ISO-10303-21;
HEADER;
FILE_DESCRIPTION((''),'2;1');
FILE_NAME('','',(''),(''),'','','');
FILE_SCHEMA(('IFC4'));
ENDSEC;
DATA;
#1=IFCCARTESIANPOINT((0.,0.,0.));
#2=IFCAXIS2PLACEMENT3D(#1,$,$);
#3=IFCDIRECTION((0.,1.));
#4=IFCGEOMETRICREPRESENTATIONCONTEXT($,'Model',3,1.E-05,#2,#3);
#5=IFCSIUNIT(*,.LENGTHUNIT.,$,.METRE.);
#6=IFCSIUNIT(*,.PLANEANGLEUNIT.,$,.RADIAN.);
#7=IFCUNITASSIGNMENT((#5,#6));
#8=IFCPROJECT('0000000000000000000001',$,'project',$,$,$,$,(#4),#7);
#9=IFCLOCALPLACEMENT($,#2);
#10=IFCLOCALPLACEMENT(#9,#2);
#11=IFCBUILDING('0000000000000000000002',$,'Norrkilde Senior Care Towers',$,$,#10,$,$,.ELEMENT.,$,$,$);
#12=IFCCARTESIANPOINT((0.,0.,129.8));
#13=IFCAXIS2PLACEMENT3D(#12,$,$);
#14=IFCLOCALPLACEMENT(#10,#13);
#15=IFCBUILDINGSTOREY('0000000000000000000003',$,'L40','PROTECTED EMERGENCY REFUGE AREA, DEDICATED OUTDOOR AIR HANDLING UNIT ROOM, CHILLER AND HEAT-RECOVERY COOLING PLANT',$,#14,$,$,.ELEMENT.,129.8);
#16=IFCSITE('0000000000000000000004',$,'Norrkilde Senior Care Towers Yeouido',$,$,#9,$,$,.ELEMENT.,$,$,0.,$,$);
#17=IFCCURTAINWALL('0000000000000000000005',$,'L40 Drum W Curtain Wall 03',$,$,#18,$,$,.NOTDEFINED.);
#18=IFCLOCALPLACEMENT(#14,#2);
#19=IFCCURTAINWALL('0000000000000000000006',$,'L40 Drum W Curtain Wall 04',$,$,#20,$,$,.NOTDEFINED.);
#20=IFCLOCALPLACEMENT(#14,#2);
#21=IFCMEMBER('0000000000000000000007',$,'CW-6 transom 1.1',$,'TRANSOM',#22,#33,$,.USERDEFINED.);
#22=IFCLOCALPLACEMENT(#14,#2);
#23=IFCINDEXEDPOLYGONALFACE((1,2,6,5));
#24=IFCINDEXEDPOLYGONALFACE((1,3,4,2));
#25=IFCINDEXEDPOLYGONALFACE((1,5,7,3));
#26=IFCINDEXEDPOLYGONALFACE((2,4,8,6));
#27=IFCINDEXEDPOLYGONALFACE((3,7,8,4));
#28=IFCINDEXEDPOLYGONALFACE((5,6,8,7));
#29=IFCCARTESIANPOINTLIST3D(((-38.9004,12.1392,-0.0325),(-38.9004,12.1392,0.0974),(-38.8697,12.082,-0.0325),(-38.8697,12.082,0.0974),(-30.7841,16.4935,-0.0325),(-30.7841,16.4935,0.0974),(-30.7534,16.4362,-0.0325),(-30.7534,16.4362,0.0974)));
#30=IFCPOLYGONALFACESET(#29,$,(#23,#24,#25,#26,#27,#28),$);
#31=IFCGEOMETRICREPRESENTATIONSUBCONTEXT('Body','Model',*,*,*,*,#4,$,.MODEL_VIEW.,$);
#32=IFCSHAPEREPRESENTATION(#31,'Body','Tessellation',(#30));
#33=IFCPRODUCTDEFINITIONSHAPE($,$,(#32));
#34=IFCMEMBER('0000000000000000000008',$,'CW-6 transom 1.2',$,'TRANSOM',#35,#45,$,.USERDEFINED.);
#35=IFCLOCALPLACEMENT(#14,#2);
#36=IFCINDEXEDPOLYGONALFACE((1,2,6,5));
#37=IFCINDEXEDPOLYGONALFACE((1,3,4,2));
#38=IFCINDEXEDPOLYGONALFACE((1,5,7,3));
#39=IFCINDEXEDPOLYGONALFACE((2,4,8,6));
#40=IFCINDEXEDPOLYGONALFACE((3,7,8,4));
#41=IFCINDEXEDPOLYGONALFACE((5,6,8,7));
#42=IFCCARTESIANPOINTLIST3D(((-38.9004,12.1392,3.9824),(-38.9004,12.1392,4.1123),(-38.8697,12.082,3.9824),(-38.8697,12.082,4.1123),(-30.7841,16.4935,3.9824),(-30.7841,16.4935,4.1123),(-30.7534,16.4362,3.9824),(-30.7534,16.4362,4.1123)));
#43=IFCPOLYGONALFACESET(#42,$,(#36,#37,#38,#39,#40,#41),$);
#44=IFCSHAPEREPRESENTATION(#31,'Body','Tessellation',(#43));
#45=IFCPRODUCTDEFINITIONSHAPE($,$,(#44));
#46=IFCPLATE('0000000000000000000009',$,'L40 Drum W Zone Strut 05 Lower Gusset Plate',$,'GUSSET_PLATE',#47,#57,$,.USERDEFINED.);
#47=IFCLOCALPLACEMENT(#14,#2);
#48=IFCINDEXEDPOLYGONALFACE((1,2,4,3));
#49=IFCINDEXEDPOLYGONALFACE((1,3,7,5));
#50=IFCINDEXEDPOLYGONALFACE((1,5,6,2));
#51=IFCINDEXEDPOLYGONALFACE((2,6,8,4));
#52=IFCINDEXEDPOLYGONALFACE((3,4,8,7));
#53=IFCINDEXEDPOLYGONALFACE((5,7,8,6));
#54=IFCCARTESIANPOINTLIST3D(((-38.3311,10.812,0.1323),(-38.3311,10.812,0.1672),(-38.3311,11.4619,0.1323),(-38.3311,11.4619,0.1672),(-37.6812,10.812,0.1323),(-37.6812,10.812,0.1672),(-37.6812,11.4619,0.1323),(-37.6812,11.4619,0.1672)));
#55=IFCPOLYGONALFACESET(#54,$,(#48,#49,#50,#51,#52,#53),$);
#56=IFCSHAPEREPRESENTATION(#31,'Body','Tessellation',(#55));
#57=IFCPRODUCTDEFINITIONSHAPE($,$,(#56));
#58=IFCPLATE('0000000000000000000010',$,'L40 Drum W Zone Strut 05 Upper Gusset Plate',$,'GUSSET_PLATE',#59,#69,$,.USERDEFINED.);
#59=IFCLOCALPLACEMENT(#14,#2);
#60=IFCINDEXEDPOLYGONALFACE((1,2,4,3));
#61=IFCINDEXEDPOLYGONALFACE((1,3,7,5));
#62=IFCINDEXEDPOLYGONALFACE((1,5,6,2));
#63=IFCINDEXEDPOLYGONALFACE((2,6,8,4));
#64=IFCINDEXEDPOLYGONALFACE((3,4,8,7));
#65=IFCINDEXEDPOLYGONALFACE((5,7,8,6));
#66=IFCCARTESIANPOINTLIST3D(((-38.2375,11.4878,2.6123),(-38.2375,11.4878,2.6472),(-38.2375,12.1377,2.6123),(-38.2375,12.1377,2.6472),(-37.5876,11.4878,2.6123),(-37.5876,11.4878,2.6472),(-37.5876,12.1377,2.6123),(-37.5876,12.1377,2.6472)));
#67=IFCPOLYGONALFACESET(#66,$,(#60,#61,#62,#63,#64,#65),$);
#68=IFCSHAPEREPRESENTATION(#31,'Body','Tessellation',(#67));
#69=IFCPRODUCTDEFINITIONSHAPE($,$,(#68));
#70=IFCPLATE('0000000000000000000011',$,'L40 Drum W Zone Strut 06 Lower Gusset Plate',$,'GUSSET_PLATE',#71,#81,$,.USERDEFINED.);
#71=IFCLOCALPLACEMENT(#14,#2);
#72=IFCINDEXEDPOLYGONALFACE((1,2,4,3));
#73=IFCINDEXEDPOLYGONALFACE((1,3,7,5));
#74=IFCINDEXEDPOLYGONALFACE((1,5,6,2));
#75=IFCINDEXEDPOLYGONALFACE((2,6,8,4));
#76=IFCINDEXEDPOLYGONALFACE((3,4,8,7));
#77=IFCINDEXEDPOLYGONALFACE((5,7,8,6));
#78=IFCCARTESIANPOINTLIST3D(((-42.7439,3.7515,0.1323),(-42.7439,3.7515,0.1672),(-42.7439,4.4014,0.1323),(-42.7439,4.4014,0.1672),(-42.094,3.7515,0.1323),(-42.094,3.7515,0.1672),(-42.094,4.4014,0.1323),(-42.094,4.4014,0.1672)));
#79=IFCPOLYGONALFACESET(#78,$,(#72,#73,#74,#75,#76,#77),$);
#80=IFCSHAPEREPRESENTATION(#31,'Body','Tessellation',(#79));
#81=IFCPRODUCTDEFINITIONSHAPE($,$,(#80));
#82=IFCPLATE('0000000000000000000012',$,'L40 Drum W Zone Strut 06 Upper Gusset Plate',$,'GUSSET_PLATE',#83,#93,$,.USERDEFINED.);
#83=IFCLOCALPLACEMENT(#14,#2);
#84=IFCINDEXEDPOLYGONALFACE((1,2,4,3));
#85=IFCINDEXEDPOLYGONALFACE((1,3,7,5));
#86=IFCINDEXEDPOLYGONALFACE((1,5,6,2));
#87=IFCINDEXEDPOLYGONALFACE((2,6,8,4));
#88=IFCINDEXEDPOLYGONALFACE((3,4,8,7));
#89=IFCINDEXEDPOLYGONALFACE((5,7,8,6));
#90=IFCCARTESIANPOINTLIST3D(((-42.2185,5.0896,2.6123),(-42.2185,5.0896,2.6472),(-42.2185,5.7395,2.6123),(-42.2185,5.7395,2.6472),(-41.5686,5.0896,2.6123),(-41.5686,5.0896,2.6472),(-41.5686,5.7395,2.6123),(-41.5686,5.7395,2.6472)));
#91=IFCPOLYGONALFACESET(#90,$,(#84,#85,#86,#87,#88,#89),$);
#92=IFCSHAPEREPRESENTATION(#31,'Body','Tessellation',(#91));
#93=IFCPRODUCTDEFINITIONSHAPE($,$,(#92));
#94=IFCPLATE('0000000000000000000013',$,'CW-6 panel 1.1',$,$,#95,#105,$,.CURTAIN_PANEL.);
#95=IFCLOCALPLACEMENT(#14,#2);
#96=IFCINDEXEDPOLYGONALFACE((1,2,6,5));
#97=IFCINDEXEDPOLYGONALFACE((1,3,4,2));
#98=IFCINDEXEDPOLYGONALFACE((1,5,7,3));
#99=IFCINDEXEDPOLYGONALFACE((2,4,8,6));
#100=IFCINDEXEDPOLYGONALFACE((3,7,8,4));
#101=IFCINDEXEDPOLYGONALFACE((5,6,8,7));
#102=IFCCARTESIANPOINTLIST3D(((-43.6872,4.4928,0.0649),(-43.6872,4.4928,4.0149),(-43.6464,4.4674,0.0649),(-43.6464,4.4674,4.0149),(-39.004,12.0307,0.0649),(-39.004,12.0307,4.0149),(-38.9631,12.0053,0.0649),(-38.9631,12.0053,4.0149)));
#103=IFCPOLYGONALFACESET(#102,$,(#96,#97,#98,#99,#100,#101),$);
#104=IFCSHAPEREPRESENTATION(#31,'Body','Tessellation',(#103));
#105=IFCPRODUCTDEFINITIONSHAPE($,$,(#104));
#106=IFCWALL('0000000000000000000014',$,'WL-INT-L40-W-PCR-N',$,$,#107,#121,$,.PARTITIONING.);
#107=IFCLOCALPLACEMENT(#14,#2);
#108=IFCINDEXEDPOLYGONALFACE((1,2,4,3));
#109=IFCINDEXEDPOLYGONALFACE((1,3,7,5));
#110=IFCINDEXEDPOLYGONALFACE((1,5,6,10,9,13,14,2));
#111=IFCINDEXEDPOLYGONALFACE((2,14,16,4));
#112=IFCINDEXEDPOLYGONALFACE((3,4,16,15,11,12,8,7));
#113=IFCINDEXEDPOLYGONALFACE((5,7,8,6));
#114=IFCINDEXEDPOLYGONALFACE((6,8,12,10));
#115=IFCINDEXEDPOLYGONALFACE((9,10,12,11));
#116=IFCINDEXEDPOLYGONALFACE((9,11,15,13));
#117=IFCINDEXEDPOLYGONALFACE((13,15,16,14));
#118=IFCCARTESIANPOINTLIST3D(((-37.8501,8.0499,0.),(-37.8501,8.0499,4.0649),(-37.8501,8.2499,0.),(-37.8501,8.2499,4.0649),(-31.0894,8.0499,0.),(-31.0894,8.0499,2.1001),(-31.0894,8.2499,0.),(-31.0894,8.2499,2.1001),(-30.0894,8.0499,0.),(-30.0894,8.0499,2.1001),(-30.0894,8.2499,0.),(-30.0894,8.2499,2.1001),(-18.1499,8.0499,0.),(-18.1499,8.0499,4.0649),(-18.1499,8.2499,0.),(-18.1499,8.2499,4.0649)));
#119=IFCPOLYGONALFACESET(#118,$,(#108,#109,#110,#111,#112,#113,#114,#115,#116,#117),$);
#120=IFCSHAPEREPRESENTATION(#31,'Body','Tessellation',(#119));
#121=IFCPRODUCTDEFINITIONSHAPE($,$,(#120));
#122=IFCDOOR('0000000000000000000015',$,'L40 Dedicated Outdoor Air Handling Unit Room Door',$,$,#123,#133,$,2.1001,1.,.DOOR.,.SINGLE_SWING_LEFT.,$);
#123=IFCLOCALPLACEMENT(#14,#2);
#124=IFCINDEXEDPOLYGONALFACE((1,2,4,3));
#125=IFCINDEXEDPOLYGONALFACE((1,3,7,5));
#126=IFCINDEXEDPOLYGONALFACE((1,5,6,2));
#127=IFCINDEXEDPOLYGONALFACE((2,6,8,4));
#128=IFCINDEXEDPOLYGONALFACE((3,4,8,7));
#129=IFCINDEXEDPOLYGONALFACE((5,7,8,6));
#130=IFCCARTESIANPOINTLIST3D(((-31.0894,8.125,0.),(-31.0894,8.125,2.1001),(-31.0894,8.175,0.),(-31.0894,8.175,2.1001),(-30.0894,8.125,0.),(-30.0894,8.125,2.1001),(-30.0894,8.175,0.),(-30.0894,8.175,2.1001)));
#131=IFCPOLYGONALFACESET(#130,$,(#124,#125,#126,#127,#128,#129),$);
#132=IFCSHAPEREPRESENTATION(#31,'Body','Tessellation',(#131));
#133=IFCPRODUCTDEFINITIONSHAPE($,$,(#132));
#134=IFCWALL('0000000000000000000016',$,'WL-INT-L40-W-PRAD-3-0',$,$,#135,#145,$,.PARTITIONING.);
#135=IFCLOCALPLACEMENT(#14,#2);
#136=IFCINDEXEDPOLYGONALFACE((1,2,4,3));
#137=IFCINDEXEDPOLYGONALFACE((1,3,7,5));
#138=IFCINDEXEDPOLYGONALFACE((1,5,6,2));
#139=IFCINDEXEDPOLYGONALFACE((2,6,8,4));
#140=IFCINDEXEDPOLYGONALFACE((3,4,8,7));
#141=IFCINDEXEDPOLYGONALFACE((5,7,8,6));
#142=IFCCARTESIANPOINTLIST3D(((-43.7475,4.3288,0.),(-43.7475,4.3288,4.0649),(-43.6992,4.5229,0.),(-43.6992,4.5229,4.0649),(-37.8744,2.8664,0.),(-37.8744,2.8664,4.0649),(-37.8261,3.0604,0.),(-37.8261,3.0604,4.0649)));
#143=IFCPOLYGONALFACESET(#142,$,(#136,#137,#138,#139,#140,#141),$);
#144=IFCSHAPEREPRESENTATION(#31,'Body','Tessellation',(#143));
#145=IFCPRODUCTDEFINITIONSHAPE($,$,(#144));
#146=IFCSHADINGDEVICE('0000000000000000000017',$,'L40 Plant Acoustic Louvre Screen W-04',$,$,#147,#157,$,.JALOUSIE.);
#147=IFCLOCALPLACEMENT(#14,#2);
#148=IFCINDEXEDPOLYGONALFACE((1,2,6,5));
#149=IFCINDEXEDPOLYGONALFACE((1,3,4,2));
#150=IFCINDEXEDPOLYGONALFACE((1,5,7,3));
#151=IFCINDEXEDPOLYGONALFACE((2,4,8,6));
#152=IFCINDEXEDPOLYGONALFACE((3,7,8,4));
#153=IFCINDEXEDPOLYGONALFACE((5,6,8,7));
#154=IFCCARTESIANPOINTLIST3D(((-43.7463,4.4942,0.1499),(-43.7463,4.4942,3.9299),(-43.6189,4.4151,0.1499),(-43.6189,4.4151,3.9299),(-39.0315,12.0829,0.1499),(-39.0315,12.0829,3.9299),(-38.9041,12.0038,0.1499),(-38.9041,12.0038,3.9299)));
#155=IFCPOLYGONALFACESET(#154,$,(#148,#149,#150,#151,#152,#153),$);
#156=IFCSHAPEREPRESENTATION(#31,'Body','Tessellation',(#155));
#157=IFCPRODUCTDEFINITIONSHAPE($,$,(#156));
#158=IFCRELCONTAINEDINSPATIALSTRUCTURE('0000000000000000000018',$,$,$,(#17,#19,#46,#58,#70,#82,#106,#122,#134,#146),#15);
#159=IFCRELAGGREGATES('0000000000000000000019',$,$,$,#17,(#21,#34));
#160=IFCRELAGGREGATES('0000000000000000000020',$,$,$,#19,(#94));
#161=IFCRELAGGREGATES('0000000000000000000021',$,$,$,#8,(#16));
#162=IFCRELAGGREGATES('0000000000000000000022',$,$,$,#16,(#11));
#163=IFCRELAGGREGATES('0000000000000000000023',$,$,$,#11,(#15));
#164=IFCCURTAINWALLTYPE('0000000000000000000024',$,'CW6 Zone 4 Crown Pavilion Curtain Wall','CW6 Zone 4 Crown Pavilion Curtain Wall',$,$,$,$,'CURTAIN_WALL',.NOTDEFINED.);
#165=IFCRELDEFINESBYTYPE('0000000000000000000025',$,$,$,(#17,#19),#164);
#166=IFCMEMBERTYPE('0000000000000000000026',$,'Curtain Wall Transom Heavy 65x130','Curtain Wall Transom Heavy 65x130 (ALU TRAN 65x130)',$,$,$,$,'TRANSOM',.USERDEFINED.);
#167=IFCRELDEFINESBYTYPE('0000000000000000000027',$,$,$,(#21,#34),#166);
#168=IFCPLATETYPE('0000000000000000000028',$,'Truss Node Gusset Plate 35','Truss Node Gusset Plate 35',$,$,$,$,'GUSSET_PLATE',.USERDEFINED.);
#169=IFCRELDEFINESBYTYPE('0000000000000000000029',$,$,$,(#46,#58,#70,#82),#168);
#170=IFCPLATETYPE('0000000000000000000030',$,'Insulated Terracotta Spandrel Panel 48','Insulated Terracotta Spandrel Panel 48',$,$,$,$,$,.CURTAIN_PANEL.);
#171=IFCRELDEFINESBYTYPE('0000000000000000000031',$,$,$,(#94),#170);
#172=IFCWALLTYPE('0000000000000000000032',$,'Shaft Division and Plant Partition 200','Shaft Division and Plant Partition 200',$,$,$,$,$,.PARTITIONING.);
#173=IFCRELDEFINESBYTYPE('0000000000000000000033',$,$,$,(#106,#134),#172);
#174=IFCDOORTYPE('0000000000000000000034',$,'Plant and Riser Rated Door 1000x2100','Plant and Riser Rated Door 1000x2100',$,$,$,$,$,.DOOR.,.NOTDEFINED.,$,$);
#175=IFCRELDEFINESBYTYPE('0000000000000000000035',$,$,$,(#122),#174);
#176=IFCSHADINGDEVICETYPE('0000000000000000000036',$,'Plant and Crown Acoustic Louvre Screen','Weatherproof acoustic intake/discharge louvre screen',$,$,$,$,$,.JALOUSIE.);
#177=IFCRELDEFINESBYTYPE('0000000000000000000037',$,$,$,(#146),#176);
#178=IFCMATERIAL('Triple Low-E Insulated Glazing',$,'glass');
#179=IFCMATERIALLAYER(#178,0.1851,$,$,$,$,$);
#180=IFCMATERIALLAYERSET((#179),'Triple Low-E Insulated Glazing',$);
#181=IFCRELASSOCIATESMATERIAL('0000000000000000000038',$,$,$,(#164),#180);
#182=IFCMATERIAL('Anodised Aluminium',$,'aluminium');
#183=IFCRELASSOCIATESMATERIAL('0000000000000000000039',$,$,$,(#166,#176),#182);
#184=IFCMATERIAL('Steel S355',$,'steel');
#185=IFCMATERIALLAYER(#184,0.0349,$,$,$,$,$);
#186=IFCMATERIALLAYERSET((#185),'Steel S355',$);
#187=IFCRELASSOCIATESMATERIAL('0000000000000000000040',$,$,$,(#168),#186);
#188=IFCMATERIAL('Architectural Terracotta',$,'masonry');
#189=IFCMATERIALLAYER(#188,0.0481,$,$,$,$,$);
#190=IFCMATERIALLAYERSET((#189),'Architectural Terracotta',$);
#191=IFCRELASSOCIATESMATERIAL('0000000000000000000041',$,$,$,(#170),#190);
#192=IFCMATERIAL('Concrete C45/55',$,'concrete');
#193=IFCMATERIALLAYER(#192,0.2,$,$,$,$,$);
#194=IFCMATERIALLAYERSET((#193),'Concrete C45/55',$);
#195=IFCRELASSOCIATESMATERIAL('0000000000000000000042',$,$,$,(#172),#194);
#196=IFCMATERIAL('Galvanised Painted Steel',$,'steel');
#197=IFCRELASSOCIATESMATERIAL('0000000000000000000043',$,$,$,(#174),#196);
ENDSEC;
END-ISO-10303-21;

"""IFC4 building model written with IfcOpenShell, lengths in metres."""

from ifc_helpers import new_model, si_unit, direction, frame, frame_2d, origin, origin_2d, place, context, subcontext, project, spatial, rectangle, extrude, source, transform, mapped, material, layer, layer_set, material_profile, profile_set, type_object, type_shapes, element, fill, aggregate, save


model = new_model("IFC4")

# Units and contexts
model_context = context("Model", 3, precision=1e-05, world=origin(), true_north=direction((0.0, 1.0)))
body_context = subcontext(model_context, "Body", "Model", "MODEL_VIEW")
ifc_project = project(units=[si_unit("LENGTHUNIT", "METRE"), si_unit("PLANEANGLEUNIT", "RADIAN")], contexts=[model_context])

# Site, building, storey
site_placement = place(None, origin())
site = spatial("IfcSite", under=ifc_project, at=site_placement, Name="Norrkilde Senior Care Towers Yeouido", CompositionType="ELEMENT", RefElevation=0.0)
building_placement = place(site_placement, origin())
building = spatial("IfcBuilding", under=site, at=building_placement, Name="Norrkilde Senior Care Towers", CompositionType="ELEMENT")
storey_placement = place(building_placement, frame((0.0, 0.0, 129.8)))
storey = spatial("IfcBuildingStorey", under=building, at=storey_placement, Name="L40", Description="PROTECTED EMERGENCY REFUGE AREA, DEDICATED OUTDOOR AIR HANDLING UNIT ROOM, CHILLER AND HEAT-RECOVERY COOLING PLANT", CompositionType="ELEMENT", Elevation=129.8)

# Shared definitions
ifc_material_1 = material(Name="Steel S355", Category="steel")

# Curtain wall
ifc_material_2 = material(Name="Triple Low-E Insulated Glazing", Category="glass")
ifc_layer_1 = layer(ifc_material_2, 0.1851)
ifc_layer_set_1 = layer_set([ifc_layer_1], Name="Triple Low-E Insulated Glazing")
curtain_wall_type = type_object("IfcCurtainWallType", Name="CW6 Zone 4 Crown Pavilion Curtain Wall", Description="CW6 Zone 4 Crown Pavilion Curtain Wall", ElementType="CURTAIN_WALL", PredefinedType="NOTDEFINED", material=ifc_layer_set_1)
curtain_wall_1_placement = place(storey_placement, origin())
curtain_wall_1 = element("IfcCurtainWall", 1, at=curtain_wall_1_placement, inside=storey, type_object=curtain_wall_type, Name="L40 Drum W Curtain Wall 03", PredefinedType="NOTDEFINED")
ifc_material_3 = material(Name="Anodised Aluminium", Category="aluminium")

# Curtain wall
curtain_wall_2_placement = place(storey_placement, origin())
curtain_wall_2 = element("IfcCurtainWall", 2, at=curtain_wall_2_placement, inside=storey, type_object=curtain_wall_type, Name="L40 Drum W Curtain Wall 04", PredefinedType="NOTDEFINED")

# Members
ifc_material_profile_1 = material_profile(ifc_material_3, rectangle(XDim=0.0649, YDim=0.1299, at=origin_2d()), Name="ALU TRAN 65x130")
ifc_profile_set_1 = profile_set([ifc_material_profile_1], Name="Anodised Aluminium")
member_type_1 = type_object("IfcMemberType", Name="Curtain Wall Transom Heavy 65x130", Description="Curtain Wall Transom Heavy 65x130 (ALU TRAN 65x130)", ElementType="TRANSOM", PredefinedType="USERDEFINED", material=ifc_profile_set_1)
shared_shape_1 = source(origin(), body_context, "Body", "SweptSolid", [
    extrude(rectangle(XDim=0.0649, YDim=0.1299, at=origin_2d()), origin(), (0.0, 0.0, 1.0), 9.2104),
])
member_1_placement = place(storey_placement, frame((-38.885, 12.1106, 0.0325), z_axis=(0.881196, 0.472751, 0.0), x_axis=(-0.472751, 0.881196, 0.0)))
member_1 = element("IfcMember", 3, at=member_1_placement, type_object=member_type_1, Name="CW-6 transom 1.1", ObjectType="TRANSOM", PredefinedType="USERDEFINED", context=body_context, shape_type="MappedRepresentation", body=[
    mapped(shared_shape_1, transform((0.0, 0.0, 0.0), x_axis=(1.0, 0.0, 0.0), y_axis=(0.0, 1.0, 0.0), z_axis=(0.0, 0.0, 1.0), scale=1.0)),
])
member_2_placement = place(storey_placement, frame((-38.885, 12.1106, 4.0474), z_axis=(0.881196, 0.472751, 0.0), x_axis=(-0.472751, 0.881196, 0.0)))
member_2 = element("IfcMember", 4, at=member_2_placement, type_object=member_type_1, Name="CW-6 transom 1.2", ObjectType="TRANSOM", PredefinedType="USERDEFINED", context=body_context, shape_type="MappedRepresentation", body=[
    mapped(shared_shape_1, transform((0.0, 0.0, 0.0), x_axis=(1.0, 0.0, 0.0), y_axis=(0.0, 1.0, 0.0), z_axis=(0.0, 0.0, 1.0), scale=1.0)),
])
aggregate(curtain_wall_1, [member_1, member_2])

# Plates
ifc_layer_2 = layer(ifc_material_1, 0.0349)
ifc_layer_set_2 = layer_set([ifc_layer_2], Name="Steel S355")
plate_type_1 = type_object("IfcPlateType", Name="Truss Node Gusset Plate 35", Description="Truss Node Gusset Plate 35", ElementType="GUSSET_PLATE", PredefinedType="USERDEFINED", material=ifc_layer_set_2)
shared_shape_2 = source(origin(), body_context, "Body", "SweptSolid", [
    extrude(rectangle(XDim=0.6499, YDim=0.6499, at=origin_2d()), origin(), (0.0, 0.0, 1.0), 0.0349),
])
type_shapes(plate_type_1, [shared_shape_2])
for number, where, z_axis, x_axis, name in (
    (5, (-38.0061, 11.137, 0.1323), (0.0, 0.0, 1.0), (1.0, 0.0, 0.0), "L40 Drum W Zone Strut 05 Lower Gusset Plate"),
    (6, (-37.9126, 11.8127, 2.6123), (0.0, 0.0, 1.0), (1.0, 0.0, 0.0), "L40 Drum W Zone Strut 05 Upper Gusset Plate"),
    (7, (-42.4189, 4.0764, 0.1323), (0.0, 0.0, 1.0), (1.0, 0.0, 0.0), "L40 Drum W Zone Strut 06 Lower Gusset Plate"),
    (8, (-41.8936, 5.4146, 2.6123), (0.0, 0.0, 1.0), (1.0, 0.0, 0.0), "L40 Drum W Zone Strut 06 Upper Gusset Plate"),
):
    element("IfcPlate", number, at=place(storey_placement, frame(where, z_axis=z_axis, x_axis=x_axis)), inside=storey, type_object=plate_type_1, Name=name, ObjectType="GUSSET_PLATE", PredefinedType="USERDEFINED", context=body_context, shape_type="MappedRepresentation", body=[
        mapped(shared_shape_2, transform((0.0, 0.0, 0.0), x_axis=(1.0, 0.0, 0.0), y_axis=(0.0, 1.0, 0.0), z_axis=(0.0, 0.0, 1.0), scale=1.0)),
    ])

# Plate
ifc_material_4 = material(Name="Architectural Terracotta", Category="masonry")
ifc_layer_3 = layer(ifc_material_4, 0.0481)
ifc_layer_set_3 = layer_set([ifc_layer_3], Name="Architectural Terracotta")
plate_type_2 = type_object("IfcPlateType", Name="Insulated Terracotta Spandrel Panel 48", Description="Insulated Terracotta Spandrel Panel 48", PredefinedType="CURTAIN_PANEL", material=ifc_layer_set_3)
shared_shape_3 = source(origin(), body_context, "Body", "SweptSolid", [
    extrude(rectangle(XDim=8.8743, YDim=0.0481, at=origin_2d()), origin(), (0.0, 0.0, 1.0), 3.95),
])
type_shapes(plate_type_2, [shared_shape_3])
plate_placement = place(storey_placement, frame((-41.3252, 8.249, 0.0649), z_axis=(0.0, 0.0, 1.0), x_axis=(0.527733, 0.84941, 0.0)))
plate = element("IfcPlate", 9, at=plate_placement, type_object=plate_type_2, Name="CW-6 panel 1.1", PredefinedType="CURTAIN_PANEL", context=body_context, shape_type="MappedRepresentation", body=[
    mapped(shared_shape_3, transform((0.0, 0.0, 0.0), x_axis=(1.0, 0.0, 0.0), y_axis=(0.0, 1.0, 0.0), z_axis=(0.0, 0.0, 1.0), scale=1.0)),
])
aggregate(curtain_wall_2, [plate])

# Wall, opening, door
ifc_material_5 = material(Name="Concrete C45/55", Category="concrete")
ifc_layer_4 = layer(ifc_material_5, 0.2)
ifc_layer_set_4 = layer_set([ifc_layer_4], Name="Concrete C45/55")
wall_type = type_object("IfcWallType", Name="Shaft Division and Plant Partition 200", Description="Shaft Division and Plant Partition 200", PredefinedType="PARTITIONING", material=ifc_layer_set_4)
shared_shape_4 = source(origin(), body_context, "Body", "SweptSolid", [
    extrude(rectangle(XDim=19.7002, YDim=0.2, at=frame_2d((9.8501, 0.0))), origin(), (0.0, 0.0, 1.0), 4.0649),
])
wall_1_placement = place(storey_placement, frame((-37.8501, 8.1499, 0.0), z_axis=(0.0, 0.0, 1.0), x_axis=(1.0, 0.0, 0.0)))
wall_1 = element("IfcWall", 10, at=wall_1_placement, inside=storey, type_object=wall_type, Name="WL-INT-L40-W-PCR-N", PredefinedType="PARTITIONING", context=body_context, shape_type="MappedRepresentation", body=[
    mapped(shared_shape_4, transform((0.0, 0.0, 0.0), x_axis=(1.0, 0.0, 0.0), y_axis=(0.0, 1.0, 0.0), z_axis=(0.0, 0.0, 1.0), scale=1.0)),
])
opening_placement = place(wall_1_placement, frame((6.7607, 0.0, 0.0)))
opening = element("IfcOpeningElement", 11, at=opening_placement, cuts=wall_1, PredefinedType="OPENING", context=body_context, shape_type="SweptSolid", body=[
    extrude(rectangle(XDim=1.0, YDim=2.1001, at=frame_2d((0.5, 1.05))), frame((0.0, 0.1099, 0.0), z_axis=(0.0, -1.0, 0.0), x_axis=(1.0, 0.0, 0.0)), (0.0, 0.0, 1.0), 0.22),
])
ifc_material_6 = material(Name="Galvanised Painted Steel", Category="steel")
door_type = type_object("IfcDoorType", Name="Plant and Riser Rated Door 1000x2100", Description="Plant and Riser Rated Door 1000x2100", OperationType="NOTDEFINED", PredefinedType="DOOR", material=ifc_material_6)
shared_shape_5 = source(origin(), body_context, "Body", "SweptSolid", [
    extrude(rectangle(XDim=1.0, YDim=2.1001, at=frame_2d((0.5, 1.05))), frame((0.0, 0.0249, 0.0), z_axis=(0.0, -1.0, 0.0), x_axis=(1.0, 0.0, 0.0)), (0.0, 0.0, 1.0), 0.05),
])
type_shapes(door_type, [shared_shape_5])
door_placement = place(opening_placement, frame((1.0, 0.0, 0.0), z_axis=(0.0, 0.0, 1.0), x_axis=(-1.0, 0.0, 0.0)))
door = element("IfcDoor", 12, at=door_placement, inside=storey, type_object=door_type, Name="L40 Dedicated Outdoor Air Handling Unit Room Door", OperationType="SINGLE_SWING_LEFT", OverallHeight=2.1001, OverallWidth=1.0, PredefinedType="DOOR", context=body_context, shape_type="MappedRepresentation", body=[
    mapped(shared_shape_5, transform((0.0, 0.0, 0.0), x_axis=(1.0, 0.0, 0.0), y_axis=(0.0, 1.0, 0.0), z_axis=(0.0, 0.0, 1.0), scale=1.0)),
])
fill(opening, door)

# Wall
shared_shape_6 = source(origin(), body_context, "Body", "SweptSolid", [
    extrude(rectangle(XDim=6.0525, YDim=0.2, at=frame_2d((3.0264, 0.0))), origin(), (0.0, 0.0, 1.0), 4.0649),
])
type_shapes(wall_type, [shared_shape_4, shared_shape_6])
wall_2_placement = place(storey_placement, frame((-37.8501, 2.9634, 0.0), z_axis=(0.0, 0.0, 1.0), x_axis=(-0.97037, 0.241624, 0.0)))
element("IfcWall", 13, at=wall_2_placement, inside=storey, type_object=wall_type, Name="WL-INT-L40-W-PRAD-3-0", PredefinedType="PARTITIONING", context=body_context, shape_type="MappedRepresentation", body=[
    mapped(shared_shape_6, transform((0.0, 0.0, 0.0), x_axis=(1.0, 0.0, 0.0), y_axis=(0.0, 1.0, 0.0), z_axis=(0.0, 0.0, 1.0), scale=1.0)),
])

# Shading device
shading_device_type = type_object("IfcShadingDeviceType", Name="Plant and Crown Acoustic Louvre Screen", Description="Weatherproof acoustic intake/discharge louvre screen", PredefinedType="JALOUSIE", material=ifc_material_3)
shared_shape_7 = source(origin(), body_context, "Body", "SweptSolid", [
    extrude(rectangle(XDim=8.9341, YDim=0.1499, at=origin_2d()), origin(), (0.0, 0.0, 1.0), 3.78),
])
type_shapes(shading_device_type, [shared_shape_7])
shading_device_placement = place(storey_placement, frame((-41.3252, 8.249, 0.1499), z_axis=(0.0, 0.0, 1.0), x_axis=(0.527733, 0.84941, 0.0)))
element("IfcShadingDevice", 14, at=shading_device_placement, inside=storey, type_object=shading_device_type, Name="L40 Plant Acoustic Louvre Screen W-04", PredefinedType="JALOUSIE", context=body_context, shape_type="MappedRepresentation", body=[
    mapped(shared_shape_7, transform((0.0, 0.0, 0.0), x_axis=(1.0, 0.0, 0.0), y_axis=(0.0, 1.0, 0.0), z_axis=(0.0, 0.0, 1.0), scale=1.0)),
])

save(model, "model.ifc")
